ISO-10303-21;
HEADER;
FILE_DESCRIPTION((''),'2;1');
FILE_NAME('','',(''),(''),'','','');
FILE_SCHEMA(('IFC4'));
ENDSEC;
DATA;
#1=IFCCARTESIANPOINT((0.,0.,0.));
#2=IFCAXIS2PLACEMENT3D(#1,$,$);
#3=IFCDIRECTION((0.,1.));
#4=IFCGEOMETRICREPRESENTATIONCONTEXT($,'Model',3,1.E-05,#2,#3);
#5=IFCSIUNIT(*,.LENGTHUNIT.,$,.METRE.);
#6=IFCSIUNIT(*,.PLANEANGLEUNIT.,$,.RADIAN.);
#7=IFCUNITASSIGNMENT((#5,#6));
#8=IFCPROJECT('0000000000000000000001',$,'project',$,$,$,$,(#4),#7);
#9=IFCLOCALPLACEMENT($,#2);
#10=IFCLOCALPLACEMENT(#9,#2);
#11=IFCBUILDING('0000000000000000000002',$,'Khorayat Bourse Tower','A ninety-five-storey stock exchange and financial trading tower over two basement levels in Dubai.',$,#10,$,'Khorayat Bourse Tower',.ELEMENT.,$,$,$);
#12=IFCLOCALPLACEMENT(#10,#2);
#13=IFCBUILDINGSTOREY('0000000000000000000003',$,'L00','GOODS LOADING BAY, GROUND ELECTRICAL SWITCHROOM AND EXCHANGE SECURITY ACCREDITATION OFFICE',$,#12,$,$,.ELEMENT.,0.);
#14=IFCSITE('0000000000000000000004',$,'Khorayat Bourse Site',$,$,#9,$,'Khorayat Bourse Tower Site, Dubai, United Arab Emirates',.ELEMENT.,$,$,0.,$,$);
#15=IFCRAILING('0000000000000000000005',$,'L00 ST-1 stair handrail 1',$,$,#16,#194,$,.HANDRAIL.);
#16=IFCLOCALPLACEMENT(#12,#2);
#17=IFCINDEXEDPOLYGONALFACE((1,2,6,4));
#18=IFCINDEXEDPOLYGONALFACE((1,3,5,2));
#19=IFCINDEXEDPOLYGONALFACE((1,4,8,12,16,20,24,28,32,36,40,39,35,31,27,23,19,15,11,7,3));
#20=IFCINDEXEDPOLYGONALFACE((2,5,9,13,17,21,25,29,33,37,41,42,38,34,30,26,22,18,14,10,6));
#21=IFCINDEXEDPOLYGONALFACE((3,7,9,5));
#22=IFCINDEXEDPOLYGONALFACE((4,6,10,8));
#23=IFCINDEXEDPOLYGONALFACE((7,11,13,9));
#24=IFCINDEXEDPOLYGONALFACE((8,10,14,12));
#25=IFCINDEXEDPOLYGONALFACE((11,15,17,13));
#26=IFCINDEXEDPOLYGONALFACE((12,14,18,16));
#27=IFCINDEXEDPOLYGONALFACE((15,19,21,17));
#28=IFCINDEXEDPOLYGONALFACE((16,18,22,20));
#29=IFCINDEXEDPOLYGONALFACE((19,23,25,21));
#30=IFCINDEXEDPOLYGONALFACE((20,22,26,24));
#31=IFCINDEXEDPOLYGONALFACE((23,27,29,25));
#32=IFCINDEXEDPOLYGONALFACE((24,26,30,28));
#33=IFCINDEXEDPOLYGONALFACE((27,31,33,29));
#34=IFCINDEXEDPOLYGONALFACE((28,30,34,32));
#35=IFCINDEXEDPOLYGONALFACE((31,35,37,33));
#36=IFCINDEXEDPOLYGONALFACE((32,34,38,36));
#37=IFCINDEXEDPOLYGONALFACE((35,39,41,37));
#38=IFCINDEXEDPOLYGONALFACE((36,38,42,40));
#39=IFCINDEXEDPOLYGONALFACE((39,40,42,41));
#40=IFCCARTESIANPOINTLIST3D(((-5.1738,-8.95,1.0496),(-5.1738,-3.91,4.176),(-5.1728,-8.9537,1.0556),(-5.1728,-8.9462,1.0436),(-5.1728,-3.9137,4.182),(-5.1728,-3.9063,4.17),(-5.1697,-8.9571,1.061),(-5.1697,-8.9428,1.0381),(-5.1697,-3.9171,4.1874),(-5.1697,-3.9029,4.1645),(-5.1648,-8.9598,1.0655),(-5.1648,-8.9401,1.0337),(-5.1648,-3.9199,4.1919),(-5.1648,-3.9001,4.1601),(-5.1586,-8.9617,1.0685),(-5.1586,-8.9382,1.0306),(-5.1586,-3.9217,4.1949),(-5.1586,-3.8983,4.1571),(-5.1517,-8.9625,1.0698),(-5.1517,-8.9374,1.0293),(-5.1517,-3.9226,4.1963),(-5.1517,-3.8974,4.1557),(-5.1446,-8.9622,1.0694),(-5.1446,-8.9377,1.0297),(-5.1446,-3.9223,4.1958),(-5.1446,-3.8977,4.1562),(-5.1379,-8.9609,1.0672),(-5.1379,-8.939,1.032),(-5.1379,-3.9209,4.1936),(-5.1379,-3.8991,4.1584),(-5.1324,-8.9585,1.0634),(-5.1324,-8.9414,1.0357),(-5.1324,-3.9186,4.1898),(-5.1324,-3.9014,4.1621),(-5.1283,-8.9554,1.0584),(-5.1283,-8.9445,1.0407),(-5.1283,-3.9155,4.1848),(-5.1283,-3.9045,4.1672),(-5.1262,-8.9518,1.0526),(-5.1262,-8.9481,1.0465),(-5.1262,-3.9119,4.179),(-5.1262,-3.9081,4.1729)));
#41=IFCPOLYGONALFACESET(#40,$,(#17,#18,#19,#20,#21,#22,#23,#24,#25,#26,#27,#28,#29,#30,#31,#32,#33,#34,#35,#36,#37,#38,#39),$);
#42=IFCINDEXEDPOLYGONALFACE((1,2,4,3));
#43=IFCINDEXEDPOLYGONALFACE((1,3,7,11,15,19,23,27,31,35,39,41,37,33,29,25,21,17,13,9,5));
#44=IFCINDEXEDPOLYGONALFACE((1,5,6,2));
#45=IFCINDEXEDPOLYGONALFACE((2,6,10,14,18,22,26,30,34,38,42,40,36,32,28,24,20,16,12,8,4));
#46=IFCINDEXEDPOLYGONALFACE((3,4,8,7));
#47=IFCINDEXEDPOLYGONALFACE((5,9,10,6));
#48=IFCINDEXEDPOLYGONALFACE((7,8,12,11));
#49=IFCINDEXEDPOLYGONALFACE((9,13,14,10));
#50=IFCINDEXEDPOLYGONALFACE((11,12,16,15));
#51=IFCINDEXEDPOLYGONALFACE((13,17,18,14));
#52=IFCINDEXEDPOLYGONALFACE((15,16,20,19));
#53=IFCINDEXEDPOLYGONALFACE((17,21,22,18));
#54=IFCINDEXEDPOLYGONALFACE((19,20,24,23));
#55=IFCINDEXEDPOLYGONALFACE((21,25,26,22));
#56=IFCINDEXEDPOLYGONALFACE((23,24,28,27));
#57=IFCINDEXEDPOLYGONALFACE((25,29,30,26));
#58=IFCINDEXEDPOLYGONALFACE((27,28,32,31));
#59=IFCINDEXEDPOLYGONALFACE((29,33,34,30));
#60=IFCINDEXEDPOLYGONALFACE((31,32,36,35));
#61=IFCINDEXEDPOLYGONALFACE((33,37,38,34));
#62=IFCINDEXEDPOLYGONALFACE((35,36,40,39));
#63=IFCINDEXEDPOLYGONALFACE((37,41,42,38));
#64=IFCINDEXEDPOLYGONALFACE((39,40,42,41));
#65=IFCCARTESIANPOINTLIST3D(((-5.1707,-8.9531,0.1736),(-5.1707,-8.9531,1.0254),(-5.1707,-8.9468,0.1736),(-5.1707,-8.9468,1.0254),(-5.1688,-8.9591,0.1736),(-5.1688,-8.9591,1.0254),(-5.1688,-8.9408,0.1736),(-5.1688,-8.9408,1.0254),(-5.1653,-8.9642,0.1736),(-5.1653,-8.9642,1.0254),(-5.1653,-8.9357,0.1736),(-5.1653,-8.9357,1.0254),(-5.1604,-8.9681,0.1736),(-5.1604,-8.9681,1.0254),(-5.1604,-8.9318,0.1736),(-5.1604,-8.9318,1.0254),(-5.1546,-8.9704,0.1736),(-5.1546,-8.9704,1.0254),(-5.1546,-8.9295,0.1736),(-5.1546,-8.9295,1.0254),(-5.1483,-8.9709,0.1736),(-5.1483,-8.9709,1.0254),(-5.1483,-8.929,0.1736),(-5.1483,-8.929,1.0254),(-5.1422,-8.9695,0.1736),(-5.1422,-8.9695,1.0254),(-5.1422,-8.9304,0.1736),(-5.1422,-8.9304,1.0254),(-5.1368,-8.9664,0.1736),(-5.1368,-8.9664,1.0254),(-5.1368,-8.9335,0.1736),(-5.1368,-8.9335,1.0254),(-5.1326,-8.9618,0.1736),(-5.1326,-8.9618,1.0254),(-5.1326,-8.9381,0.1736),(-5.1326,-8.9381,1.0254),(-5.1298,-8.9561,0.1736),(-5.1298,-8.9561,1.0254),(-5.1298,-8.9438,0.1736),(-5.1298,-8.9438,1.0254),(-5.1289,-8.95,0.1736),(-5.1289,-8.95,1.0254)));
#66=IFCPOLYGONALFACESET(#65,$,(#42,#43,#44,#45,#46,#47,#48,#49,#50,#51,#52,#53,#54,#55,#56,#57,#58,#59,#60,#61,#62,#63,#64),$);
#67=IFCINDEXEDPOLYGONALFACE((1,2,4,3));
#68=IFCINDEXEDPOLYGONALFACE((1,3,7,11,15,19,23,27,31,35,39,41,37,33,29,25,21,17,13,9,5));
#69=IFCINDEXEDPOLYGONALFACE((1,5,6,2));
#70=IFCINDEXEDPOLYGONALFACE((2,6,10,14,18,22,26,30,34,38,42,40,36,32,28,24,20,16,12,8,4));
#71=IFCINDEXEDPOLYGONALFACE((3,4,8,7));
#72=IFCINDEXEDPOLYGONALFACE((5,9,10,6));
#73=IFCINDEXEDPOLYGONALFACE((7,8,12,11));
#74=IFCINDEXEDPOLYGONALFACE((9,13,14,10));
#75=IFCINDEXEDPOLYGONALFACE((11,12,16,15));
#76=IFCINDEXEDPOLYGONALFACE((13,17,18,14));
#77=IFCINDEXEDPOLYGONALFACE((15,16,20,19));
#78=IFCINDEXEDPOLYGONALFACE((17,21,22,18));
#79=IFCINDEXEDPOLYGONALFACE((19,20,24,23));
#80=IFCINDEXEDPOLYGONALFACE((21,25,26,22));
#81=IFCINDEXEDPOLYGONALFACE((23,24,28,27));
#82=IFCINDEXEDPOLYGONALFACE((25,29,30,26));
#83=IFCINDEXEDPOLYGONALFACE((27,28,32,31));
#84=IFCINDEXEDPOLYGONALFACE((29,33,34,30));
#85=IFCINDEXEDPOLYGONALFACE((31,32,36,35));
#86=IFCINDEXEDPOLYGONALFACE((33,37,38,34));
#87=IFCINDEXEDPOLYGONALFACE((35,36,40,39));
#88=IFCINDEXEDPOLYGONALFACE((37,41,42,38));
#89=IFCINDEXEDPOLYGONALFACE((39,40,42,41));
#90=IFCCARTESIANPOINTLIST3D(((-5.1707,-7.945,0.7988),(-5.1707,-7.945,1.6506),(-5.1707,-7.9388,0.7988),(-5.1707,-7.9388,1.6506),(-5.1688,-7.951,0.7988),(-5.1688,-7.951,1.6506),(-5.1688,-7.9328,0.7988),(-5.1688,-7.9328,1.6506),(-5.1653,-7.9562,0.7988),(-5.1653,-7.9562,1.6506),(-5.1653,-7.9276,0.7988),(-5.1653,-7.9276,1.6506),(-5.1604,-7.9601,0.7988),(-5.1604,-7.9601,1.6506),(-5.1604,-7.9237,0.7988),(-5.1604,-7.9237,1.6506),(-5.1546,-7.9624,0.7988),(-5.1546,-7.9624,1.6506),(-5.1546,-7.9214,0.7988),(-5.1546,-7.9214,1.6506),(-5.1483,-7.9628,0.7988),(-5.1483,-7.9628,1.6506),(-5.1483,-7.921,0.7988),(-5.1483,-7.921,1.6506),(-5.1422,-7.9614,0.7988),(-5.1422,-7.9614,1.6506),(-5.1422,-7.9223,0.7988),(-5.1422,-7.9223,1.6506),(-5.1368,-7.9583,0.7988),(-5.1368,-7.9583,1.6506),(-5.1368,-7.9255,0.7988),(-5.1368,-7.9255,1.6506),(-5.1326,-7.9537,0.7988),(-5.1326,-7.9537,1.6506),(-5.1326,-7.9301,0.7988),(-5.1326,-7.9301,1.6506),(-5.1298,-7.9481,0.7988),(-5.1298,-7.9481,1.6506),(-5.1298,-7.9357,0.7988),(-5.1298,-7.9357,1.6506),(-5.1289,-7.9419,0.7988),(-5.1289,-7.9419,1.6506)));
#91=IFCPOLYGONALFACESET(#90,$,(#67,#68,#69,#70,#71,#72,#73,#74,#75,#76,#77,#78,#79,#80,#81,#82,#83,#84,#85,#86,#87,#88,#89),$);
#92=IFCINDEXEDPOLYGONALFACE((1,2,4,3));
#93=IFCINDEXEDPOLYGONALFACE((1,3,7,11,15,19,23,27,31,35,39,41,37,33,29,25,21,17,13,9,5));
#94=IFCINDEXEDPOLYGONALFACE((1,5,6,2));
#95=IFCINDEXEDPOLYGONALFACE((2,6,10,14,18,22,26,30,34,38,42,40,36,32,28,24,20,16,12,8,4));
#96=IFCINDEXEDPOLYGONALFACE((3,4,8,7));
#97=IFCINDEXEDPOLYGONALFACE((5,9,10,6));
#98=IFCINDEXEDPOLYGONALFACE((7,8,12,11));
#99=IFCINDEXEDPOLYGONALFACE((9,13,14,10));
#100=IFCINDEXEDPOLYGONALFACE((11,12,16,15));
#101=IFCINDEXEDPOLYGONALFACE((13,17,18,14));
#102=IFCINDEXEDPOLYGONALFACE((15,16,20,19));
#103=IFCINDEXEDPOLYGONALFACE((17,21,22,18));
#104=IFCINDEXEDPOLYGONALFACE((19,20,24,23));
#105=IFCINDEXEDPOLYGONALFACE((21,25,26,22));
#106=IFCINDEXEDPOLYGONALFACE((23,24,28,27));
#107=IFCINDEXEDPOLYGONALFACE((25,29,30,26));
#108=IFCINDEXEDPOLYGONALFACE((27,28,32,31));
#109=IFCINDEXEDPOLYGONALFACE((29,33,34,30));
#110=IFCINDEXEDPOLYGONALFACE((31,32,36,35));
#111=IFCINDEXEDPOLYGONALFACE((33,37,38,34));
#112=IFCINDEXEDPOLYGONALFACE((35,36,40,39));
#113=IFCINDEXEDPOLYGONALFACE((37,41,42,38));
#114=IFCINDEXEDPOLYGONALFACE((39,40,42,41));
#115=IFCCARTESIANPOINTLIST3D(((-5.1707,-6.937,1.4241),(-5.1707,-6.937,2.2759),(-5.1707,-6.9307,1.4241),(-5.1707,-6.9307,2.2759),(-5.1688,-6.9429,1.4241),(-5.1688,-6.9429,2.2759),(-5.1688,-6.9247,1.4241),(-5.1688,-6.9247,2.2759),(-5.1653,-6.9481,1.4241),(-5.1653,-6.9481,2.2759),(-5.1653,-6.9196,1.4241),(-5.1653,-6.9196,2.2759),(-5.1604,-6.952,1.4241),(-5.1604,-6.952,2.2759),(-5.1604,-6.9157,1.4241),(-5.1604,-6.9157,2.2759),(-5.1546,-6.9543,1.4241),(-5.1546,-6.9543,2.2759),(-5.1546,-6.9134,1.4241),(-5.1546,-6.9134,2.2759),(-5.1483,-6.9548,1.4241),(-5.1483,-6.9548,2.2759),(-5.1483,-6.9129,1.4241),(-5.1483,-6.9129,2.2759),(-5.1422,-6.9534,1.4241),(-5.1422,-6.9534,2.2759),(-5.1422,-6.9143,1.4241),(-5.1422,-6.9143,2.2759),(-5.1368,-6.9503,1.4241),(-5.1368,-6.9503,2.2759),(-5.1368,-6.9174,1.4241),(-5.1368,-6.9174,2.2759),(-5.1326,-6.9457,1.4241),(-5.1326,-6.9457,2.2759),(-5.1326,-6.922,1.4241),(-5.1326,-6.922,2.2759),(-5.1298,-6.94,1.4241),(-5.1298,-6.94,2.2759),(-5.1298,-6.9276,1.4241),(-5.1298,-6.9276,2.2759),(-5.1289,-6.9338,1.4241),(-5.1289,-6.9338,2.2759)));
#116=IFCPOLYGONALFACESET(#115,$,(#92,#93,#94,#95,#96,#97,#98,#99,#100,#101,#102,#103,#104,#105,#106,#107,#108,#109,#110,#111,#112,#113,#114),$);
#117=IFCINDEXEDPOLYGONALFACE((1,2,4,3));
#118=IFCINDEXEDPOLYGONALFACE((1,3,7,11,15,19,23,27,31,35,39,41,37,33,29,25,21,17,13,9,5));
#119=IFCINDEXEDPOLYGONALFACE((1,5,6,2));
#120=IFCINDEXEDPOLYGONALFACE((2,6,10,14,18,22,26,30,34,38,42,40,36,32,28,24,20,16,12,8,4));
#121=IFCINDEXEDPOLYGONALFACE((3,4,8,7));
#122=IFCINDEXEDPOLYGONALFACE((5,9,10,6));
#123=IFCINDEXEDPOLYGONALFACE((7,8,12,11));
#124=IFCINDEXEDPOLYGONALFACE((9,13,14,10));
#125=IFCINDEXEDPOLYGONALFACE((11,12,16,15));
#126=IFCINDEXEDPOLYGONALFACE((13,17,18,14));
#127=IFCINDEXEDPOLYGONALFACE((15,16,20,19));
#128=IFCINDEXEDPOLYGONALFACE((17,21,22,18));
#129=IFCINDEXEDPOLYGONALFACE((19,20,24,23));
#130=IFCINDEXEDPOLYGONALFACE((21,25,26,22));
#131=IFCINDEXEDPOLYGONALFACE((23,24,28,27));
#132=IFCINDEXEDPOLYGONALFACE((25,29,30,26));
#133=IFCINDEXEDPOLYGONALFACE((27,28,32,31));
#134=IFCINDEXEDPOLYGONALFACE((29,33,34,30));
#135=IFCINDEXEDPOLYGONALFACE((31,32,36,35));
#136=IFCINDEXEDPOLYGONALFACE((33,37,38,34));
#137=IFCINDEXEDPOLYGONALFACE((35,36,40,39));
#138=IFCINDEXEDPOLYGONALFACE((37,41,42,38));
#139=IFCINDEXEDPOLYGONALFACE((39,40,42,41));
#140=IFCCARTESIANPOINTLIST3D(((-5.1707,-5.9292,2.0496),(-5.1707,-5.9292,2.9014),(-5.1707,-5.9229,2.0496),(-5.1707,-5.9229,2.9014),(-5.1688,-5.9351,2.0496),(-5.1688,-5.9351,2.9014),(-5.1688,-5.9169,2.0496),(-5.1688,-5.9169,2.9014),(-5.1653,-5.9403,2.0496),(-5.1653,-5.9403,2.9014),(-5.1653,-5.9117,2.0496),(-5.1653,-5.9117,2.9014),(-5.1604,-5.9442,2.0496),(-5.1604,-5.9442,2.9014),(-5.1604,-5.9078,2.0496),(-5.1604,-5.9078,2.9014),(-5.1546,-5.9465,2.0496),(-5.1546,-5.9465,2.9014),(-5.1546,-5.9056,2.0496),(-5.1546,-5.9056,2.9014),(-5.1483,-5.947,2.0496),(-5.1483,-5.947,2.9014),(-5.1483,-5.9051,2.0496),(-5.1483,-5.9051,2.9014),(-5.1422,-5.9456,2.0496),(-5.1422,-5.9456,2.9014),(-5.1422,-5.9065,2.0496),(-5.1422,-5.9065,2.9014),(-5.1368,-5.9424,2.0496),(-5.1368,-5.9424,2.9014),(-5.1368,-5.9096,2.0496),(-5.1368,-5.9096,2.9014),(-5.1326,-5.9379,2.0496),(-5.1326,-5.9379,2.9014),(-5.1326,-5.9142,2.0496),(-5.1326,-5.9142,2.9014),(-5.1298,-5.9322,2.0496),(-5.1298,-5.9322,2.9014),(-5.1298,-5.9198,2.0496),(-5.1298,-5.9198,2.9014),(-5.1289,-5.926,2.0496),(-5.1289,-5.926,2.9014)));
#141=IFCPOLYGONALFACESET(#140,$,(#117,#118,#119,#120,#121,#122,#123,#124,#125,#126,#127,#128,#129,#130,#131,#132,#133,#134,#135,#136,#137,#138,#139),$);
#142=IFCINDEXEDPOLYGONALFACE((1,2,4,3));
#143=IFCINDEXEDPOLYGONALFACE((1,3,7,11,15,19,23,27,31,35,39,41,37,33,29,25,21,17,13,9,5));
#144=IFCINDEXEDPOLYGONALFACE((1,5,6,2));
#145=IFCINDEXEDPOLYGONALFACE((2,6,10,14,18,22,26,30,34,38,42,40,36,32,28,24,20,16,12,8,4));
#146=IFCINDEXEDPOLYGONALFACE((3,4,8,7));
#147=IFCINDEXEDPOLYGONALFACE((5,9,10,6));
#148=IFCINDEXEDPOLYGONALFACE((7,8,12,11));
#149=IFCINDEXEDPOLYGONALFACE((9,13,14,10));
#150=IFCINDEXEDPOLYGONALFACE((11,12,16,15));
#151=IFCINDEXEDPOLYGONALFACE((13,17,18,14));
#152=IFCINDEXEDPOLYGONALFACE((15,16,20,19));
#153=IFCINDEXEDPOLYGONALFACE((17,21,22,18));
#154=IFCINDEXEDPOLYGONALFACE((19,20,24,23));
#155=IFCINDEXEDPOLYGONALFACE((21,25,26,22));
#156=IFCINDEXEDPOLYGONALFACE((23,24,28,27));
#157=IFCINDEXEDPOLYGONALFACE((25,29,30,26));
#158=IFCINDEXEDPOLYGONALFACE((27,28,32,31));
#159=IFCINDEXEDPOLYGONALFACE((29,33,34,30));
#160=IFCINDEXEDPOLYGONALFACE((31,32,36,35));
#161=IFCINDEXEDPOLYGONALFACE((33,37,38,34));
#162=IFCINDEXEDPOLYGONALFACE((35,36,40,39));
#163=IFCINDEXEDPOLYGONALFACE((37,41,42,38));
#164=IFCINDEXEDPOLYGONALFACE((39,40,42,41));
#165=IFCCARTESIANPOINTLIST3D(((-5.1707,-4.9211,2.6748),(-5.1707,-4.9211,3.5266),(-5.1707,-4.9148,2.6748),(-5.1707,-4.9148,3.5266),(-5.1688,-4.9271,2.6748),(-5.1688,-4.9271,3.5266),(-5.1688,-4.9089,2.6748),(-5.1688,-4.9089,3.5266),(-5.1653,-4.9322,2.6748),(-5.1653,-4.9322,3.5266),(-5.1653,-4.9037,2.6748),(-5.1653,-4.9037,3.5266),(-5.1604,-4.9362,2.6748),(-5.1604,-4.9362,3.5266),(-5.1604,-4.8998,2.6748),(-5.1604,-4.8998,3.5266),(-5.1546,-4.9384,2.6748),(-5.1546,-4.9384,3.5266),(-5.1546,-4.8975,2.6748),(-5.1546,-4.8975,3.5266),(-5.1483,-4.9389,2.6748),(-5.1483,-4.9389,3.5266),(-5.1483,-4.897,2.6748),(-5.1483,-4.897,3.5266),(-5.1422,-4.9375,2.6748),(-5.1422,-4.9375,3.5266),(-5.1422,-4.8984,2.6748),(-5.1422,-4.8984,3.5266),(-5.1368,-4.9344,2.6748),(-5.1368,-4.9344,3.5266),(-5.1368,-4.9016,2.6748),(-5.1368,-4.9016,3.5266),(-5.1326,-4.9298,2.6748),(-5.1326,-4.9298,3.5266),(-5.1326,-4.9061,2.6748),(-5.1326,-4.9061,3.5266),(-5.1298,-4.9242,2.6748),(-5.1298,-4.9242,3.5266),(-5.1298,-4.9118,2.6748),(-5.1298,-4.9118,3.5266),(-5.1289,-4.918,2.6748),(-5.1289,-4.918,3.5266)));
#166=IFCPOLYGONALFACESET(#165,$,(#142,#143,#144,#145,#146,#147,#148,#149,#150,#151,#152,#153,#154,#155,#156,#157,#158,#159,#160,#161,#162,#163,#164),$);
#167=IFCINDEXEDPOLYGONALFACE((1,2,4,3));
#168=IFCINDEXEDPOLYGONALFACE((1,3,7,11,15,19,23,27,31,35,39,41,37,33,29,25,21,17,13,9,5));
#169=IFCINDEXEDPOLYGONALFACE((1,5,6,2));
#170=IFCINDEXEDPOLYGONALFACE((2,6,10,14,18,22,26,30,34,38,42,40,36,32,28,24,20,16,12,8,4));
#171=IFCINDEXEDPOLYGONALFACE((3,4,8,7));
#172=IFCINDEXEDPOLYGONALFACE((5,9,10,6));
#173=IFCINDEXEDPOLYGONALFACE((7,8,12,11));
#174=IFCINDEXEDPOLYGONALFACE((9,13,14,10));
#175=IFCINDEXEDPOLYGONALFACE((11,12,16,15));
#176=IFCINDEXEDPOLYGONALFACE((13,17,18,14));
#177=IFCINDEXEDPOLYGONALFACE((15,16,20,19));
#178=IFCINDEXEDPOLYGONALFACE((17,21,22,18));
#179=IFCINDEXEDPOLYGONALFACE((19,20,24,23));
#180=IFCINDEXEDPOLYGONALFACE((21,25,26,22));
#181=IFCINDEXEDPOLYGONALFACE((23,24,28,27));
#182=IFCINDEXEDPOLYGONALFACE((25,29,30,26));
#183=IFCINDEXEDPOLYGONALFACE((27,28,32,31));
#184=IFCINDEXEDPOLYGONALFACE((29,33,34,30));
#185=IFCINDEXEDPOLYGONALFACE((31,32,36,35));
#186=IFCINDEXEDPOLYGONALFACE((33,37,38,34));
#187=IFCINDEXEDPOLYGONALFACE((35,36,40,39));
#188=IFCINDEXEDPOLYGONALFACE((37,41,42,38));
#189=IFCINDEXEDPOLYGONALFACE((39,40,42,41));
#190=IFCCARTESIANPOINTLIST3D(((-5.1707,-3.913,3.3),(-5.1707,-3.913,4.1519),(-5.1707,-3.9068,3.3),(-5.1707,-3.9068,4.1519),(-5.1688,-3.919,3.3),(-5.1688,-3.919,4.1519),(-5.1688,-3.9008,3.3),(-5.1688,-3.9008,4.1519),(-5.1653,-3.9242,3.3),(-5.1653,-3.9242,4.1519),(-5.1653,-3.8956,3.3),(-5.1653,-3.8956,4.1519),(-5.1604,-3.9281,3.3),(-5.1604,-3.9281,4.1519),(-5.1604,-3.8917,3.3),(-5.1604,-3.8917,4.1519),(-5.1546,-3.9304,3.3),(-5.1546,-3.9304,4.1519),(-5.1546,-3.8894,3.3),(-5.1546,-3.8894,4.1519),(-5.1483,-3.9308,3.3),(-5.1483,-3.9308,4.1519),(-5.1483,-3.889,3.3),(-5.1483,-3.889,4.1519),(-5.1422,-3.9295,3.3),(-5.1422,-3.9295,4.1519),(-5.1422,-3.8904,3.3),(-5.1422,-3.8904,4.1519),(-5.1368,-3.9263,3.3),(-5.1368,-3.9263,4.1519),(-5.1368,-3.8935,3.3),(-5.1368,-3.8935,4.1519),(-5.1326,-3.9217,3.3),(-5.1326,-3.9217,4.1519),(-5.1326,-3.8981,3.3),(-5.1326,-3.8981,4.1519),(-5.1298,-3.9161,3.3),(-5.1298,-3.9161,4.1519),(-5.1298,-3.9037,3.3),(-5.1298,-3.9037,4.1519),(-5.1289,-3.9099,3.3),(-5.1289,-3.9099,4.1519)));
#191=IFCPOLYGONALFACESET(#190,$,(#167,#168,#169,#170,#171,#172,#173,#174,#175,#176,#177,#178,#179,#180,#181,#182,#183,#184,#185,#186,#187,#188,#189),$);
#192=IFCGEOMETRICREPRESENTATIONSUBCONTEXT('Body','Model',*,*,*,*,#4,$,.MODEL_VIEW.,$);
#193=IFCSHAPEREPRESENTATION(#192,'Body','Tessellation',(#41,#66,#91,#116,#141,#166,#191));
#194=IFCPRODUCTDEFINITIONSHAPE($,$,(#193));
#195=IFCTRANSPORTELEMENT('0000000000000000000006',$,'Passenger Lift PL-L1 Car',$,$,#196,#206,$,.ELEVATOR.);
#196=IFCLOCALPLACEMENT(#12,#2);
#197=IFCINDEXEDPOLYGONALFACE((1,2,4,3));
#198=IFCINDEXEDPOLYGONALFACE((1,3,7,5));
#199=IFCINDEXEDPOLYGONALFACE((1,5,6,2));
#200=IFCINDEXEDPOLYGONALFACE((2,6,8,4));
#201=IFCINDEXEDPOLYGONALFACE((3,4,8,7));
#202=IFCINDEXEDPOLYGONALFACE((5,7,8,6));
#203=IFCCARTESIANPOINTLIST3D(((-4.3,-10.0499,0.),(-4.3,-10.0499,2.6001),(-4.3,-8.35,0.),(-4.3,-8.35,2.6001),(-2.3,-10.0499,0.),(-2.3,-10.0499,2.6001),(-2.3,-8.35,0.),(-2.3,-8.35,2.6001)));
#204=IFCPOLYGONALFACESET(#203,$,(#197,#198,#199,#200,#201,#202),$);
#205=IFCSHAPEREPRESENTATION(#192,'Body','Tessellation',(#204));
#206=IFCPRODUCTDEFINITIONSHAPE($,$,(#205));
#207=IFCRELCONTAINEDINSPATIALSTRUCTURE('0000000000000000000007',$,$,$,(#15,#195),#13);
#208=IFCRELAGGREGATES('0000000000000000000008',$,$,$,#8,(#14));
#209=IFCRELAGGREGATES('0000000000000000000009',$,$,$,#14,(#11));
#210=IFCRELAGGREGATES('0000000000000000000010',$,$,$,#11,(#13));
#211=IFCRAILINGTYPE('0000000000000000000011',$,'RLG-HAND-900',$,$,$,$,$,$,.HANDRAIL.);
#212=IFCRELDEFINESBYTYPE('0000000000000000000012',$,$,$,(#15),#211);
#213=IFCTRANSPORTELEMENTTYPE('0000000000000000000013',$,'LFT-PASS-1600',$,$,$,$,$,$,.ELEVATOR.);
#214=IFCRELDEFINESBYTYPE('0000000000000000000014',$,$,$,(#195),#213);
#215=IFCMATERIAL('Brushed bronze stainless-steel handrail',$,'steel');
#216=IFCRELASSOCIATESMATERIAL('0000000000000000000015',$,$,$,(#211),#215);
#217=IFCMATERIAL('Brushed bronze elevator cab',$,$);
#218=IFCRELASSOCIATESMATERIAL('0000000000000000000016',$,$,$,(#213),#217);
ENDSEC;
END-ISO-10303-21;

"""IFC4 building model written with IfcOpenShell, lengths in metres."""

from ifc_helpers import new_model, si_unit, direction, frame, origin, origin_2d, place, context, subcontext, project, spatial, rectangle, circle, extrude, source, transform, mapped, material, type_object, element, save


model = new_model("IFC4")

# Units and contexts
model_context = context("Model", 3, precision=1e-05, world=origin(), true_north=direction((0.0, 1.0)))
body_context = subcontext(model_context, "Body", "Model", "MODEL_VIEW")
ifc_project = project(units=[si_unit("LENGTHUNIT", "METRE"), si_unit("PLANEANGLEUNIT", "RADIAN")], contexts=[model_context])

# Site, building, storey
site_placement = place(None, origin())
site = spatial("IfcSite", under=ifc_project, at=site_placement, Name="Khorayat Bourse Site", LongName="Khorayat Bourse Tower Site, Dubai, United Arab Emirates", CompositionType="ELEMENT", RefElevation=0.0)
building_placement = place(site_placement, origin())
building = spatial("IfcBuilding", under=site, at=building_placement, Name="Khorayat Bourse Tower", Description="A ninety-five-storey stock exchange and financial trading tower over two basement levels in Dubai.", LongName="Khorayat Bourse Tower", CompositionType="ELEMENT")
storey_placement = place(building_placement, origin())
storey = spatial("IfcBuildingStorey", under=building, at=storey_placement, Name="L00", Description="GOODS LOADING BAY, GROUND ELECTRICAL SWITCHROOM AND EXCHANGE SECURITY ACCREDITATION OFFICE", CompositionType="ELEMENT", Elevation=0.0)

# Railing
ifc_material_1 = material(Name="Brushed bronze stainless-steel handrail", Category="steel")
railing_type_1 = type_object("IfcRailingType", Name="RLG-HAND-900", PredefinedType="HANDRAIL", material=ifc_material_1)
shared_shape_1 = source(origin(), body_context, "Body", "SweptSolid", [
    extrude(circle(Radius=0.0239, at=origin_2d()), frame((0.0, 0.0, 0.876), z_axis=(0.0, 0.849779, 0.527139), x_axis=(-1.0, 0.0, 0.0)), (0.0, 0.0, 1.0), 5.9309),
    extrude(circle(Radius=0.021, at=origin_2d()), origin(), (0.0, 0.0, 1.0), 0.8518),
    extrude(circle(Radius=0.021, at=origin_2d()), frame((0.0, 1.0081, 0.6252)), (0.0, 0.0, 1.0), 0.8518),
    extrude(circle(Radius=0.021, at=origin_2d()), frame((0.0, 2.0161, 1.2505)), (0.0, 0.0, 1.0), 0.8518),
    extrude(circle(Radius=0.021, at=origin_2d()), frame((0.0, 3.0239, 1.876)), (0.0, 0.0, 1.0), 0.8518),
    extrude(circle(Radius=0.021, at=origin_2d()), frame((0.0, 4.032, 2.5012)), (0.0, 0.0, 1.0), 0.8518),
    extrude(circle(Radius=0.021, at=origin_2d()), frame((0.0, 5.04, 3.1265)), (0.0, 0.0, 1.0), 0.8518),
])
railing_1_placement = place(storey_placement, frame((-5.1499, -8.95, 0.1736)))
element("IfcRailing", 1, at=railing_1_placement, inside=storey, type_object=railing_type_1, Name="L00 ST-1 stair handrail 1", PredefinedType="HANDRAIL", context=body_context, shape_type="MappedRepresentation", body=[
    mapped(shared_shape_1, transform((0.0, 0.0, 0.0), scale=1.0)),
])

# Transport element
ifc_material_2 = material(Name="Brushed bronze elevator cab")
transport_element_type = type_object("IfcTransportElementType", Name="LFT-PASS-1600", PredefinedType="ELEVATOR", material=ifc_material_2)
shared_shape_2 = source(origin(), body_context, "Body", "SweptSolid", [
    extrude(rectangle(XDim=2.0, YDim=1.7, at=origin_2d()), origin(), (0.0, 0.0, 1.0), 2.6001),
])
for number, where, z_axis, x_axis, name in (
    (2, (-3.3, -9.2, 0.0), (0.0, 0.0, 1.0), (1.0, 0.0, 0.0), "Passenger Lift PL-L1 Car"),
):
    element("IfcTransportElement", number, at=place(storey_placement, frame(where, z_axis=z_axis, x_axis=x_axis)), inside=storey, type_object=transport_element_type, Name=name, PredefinedType="ELEVATOR", context=body_context, shape_type="MappedRepresentation", body=[
        mapped(shared_shape_2, transform((0.0, 0.0, 0.0), scale=1.0)),
    ])

save(model, "model.ifc")
